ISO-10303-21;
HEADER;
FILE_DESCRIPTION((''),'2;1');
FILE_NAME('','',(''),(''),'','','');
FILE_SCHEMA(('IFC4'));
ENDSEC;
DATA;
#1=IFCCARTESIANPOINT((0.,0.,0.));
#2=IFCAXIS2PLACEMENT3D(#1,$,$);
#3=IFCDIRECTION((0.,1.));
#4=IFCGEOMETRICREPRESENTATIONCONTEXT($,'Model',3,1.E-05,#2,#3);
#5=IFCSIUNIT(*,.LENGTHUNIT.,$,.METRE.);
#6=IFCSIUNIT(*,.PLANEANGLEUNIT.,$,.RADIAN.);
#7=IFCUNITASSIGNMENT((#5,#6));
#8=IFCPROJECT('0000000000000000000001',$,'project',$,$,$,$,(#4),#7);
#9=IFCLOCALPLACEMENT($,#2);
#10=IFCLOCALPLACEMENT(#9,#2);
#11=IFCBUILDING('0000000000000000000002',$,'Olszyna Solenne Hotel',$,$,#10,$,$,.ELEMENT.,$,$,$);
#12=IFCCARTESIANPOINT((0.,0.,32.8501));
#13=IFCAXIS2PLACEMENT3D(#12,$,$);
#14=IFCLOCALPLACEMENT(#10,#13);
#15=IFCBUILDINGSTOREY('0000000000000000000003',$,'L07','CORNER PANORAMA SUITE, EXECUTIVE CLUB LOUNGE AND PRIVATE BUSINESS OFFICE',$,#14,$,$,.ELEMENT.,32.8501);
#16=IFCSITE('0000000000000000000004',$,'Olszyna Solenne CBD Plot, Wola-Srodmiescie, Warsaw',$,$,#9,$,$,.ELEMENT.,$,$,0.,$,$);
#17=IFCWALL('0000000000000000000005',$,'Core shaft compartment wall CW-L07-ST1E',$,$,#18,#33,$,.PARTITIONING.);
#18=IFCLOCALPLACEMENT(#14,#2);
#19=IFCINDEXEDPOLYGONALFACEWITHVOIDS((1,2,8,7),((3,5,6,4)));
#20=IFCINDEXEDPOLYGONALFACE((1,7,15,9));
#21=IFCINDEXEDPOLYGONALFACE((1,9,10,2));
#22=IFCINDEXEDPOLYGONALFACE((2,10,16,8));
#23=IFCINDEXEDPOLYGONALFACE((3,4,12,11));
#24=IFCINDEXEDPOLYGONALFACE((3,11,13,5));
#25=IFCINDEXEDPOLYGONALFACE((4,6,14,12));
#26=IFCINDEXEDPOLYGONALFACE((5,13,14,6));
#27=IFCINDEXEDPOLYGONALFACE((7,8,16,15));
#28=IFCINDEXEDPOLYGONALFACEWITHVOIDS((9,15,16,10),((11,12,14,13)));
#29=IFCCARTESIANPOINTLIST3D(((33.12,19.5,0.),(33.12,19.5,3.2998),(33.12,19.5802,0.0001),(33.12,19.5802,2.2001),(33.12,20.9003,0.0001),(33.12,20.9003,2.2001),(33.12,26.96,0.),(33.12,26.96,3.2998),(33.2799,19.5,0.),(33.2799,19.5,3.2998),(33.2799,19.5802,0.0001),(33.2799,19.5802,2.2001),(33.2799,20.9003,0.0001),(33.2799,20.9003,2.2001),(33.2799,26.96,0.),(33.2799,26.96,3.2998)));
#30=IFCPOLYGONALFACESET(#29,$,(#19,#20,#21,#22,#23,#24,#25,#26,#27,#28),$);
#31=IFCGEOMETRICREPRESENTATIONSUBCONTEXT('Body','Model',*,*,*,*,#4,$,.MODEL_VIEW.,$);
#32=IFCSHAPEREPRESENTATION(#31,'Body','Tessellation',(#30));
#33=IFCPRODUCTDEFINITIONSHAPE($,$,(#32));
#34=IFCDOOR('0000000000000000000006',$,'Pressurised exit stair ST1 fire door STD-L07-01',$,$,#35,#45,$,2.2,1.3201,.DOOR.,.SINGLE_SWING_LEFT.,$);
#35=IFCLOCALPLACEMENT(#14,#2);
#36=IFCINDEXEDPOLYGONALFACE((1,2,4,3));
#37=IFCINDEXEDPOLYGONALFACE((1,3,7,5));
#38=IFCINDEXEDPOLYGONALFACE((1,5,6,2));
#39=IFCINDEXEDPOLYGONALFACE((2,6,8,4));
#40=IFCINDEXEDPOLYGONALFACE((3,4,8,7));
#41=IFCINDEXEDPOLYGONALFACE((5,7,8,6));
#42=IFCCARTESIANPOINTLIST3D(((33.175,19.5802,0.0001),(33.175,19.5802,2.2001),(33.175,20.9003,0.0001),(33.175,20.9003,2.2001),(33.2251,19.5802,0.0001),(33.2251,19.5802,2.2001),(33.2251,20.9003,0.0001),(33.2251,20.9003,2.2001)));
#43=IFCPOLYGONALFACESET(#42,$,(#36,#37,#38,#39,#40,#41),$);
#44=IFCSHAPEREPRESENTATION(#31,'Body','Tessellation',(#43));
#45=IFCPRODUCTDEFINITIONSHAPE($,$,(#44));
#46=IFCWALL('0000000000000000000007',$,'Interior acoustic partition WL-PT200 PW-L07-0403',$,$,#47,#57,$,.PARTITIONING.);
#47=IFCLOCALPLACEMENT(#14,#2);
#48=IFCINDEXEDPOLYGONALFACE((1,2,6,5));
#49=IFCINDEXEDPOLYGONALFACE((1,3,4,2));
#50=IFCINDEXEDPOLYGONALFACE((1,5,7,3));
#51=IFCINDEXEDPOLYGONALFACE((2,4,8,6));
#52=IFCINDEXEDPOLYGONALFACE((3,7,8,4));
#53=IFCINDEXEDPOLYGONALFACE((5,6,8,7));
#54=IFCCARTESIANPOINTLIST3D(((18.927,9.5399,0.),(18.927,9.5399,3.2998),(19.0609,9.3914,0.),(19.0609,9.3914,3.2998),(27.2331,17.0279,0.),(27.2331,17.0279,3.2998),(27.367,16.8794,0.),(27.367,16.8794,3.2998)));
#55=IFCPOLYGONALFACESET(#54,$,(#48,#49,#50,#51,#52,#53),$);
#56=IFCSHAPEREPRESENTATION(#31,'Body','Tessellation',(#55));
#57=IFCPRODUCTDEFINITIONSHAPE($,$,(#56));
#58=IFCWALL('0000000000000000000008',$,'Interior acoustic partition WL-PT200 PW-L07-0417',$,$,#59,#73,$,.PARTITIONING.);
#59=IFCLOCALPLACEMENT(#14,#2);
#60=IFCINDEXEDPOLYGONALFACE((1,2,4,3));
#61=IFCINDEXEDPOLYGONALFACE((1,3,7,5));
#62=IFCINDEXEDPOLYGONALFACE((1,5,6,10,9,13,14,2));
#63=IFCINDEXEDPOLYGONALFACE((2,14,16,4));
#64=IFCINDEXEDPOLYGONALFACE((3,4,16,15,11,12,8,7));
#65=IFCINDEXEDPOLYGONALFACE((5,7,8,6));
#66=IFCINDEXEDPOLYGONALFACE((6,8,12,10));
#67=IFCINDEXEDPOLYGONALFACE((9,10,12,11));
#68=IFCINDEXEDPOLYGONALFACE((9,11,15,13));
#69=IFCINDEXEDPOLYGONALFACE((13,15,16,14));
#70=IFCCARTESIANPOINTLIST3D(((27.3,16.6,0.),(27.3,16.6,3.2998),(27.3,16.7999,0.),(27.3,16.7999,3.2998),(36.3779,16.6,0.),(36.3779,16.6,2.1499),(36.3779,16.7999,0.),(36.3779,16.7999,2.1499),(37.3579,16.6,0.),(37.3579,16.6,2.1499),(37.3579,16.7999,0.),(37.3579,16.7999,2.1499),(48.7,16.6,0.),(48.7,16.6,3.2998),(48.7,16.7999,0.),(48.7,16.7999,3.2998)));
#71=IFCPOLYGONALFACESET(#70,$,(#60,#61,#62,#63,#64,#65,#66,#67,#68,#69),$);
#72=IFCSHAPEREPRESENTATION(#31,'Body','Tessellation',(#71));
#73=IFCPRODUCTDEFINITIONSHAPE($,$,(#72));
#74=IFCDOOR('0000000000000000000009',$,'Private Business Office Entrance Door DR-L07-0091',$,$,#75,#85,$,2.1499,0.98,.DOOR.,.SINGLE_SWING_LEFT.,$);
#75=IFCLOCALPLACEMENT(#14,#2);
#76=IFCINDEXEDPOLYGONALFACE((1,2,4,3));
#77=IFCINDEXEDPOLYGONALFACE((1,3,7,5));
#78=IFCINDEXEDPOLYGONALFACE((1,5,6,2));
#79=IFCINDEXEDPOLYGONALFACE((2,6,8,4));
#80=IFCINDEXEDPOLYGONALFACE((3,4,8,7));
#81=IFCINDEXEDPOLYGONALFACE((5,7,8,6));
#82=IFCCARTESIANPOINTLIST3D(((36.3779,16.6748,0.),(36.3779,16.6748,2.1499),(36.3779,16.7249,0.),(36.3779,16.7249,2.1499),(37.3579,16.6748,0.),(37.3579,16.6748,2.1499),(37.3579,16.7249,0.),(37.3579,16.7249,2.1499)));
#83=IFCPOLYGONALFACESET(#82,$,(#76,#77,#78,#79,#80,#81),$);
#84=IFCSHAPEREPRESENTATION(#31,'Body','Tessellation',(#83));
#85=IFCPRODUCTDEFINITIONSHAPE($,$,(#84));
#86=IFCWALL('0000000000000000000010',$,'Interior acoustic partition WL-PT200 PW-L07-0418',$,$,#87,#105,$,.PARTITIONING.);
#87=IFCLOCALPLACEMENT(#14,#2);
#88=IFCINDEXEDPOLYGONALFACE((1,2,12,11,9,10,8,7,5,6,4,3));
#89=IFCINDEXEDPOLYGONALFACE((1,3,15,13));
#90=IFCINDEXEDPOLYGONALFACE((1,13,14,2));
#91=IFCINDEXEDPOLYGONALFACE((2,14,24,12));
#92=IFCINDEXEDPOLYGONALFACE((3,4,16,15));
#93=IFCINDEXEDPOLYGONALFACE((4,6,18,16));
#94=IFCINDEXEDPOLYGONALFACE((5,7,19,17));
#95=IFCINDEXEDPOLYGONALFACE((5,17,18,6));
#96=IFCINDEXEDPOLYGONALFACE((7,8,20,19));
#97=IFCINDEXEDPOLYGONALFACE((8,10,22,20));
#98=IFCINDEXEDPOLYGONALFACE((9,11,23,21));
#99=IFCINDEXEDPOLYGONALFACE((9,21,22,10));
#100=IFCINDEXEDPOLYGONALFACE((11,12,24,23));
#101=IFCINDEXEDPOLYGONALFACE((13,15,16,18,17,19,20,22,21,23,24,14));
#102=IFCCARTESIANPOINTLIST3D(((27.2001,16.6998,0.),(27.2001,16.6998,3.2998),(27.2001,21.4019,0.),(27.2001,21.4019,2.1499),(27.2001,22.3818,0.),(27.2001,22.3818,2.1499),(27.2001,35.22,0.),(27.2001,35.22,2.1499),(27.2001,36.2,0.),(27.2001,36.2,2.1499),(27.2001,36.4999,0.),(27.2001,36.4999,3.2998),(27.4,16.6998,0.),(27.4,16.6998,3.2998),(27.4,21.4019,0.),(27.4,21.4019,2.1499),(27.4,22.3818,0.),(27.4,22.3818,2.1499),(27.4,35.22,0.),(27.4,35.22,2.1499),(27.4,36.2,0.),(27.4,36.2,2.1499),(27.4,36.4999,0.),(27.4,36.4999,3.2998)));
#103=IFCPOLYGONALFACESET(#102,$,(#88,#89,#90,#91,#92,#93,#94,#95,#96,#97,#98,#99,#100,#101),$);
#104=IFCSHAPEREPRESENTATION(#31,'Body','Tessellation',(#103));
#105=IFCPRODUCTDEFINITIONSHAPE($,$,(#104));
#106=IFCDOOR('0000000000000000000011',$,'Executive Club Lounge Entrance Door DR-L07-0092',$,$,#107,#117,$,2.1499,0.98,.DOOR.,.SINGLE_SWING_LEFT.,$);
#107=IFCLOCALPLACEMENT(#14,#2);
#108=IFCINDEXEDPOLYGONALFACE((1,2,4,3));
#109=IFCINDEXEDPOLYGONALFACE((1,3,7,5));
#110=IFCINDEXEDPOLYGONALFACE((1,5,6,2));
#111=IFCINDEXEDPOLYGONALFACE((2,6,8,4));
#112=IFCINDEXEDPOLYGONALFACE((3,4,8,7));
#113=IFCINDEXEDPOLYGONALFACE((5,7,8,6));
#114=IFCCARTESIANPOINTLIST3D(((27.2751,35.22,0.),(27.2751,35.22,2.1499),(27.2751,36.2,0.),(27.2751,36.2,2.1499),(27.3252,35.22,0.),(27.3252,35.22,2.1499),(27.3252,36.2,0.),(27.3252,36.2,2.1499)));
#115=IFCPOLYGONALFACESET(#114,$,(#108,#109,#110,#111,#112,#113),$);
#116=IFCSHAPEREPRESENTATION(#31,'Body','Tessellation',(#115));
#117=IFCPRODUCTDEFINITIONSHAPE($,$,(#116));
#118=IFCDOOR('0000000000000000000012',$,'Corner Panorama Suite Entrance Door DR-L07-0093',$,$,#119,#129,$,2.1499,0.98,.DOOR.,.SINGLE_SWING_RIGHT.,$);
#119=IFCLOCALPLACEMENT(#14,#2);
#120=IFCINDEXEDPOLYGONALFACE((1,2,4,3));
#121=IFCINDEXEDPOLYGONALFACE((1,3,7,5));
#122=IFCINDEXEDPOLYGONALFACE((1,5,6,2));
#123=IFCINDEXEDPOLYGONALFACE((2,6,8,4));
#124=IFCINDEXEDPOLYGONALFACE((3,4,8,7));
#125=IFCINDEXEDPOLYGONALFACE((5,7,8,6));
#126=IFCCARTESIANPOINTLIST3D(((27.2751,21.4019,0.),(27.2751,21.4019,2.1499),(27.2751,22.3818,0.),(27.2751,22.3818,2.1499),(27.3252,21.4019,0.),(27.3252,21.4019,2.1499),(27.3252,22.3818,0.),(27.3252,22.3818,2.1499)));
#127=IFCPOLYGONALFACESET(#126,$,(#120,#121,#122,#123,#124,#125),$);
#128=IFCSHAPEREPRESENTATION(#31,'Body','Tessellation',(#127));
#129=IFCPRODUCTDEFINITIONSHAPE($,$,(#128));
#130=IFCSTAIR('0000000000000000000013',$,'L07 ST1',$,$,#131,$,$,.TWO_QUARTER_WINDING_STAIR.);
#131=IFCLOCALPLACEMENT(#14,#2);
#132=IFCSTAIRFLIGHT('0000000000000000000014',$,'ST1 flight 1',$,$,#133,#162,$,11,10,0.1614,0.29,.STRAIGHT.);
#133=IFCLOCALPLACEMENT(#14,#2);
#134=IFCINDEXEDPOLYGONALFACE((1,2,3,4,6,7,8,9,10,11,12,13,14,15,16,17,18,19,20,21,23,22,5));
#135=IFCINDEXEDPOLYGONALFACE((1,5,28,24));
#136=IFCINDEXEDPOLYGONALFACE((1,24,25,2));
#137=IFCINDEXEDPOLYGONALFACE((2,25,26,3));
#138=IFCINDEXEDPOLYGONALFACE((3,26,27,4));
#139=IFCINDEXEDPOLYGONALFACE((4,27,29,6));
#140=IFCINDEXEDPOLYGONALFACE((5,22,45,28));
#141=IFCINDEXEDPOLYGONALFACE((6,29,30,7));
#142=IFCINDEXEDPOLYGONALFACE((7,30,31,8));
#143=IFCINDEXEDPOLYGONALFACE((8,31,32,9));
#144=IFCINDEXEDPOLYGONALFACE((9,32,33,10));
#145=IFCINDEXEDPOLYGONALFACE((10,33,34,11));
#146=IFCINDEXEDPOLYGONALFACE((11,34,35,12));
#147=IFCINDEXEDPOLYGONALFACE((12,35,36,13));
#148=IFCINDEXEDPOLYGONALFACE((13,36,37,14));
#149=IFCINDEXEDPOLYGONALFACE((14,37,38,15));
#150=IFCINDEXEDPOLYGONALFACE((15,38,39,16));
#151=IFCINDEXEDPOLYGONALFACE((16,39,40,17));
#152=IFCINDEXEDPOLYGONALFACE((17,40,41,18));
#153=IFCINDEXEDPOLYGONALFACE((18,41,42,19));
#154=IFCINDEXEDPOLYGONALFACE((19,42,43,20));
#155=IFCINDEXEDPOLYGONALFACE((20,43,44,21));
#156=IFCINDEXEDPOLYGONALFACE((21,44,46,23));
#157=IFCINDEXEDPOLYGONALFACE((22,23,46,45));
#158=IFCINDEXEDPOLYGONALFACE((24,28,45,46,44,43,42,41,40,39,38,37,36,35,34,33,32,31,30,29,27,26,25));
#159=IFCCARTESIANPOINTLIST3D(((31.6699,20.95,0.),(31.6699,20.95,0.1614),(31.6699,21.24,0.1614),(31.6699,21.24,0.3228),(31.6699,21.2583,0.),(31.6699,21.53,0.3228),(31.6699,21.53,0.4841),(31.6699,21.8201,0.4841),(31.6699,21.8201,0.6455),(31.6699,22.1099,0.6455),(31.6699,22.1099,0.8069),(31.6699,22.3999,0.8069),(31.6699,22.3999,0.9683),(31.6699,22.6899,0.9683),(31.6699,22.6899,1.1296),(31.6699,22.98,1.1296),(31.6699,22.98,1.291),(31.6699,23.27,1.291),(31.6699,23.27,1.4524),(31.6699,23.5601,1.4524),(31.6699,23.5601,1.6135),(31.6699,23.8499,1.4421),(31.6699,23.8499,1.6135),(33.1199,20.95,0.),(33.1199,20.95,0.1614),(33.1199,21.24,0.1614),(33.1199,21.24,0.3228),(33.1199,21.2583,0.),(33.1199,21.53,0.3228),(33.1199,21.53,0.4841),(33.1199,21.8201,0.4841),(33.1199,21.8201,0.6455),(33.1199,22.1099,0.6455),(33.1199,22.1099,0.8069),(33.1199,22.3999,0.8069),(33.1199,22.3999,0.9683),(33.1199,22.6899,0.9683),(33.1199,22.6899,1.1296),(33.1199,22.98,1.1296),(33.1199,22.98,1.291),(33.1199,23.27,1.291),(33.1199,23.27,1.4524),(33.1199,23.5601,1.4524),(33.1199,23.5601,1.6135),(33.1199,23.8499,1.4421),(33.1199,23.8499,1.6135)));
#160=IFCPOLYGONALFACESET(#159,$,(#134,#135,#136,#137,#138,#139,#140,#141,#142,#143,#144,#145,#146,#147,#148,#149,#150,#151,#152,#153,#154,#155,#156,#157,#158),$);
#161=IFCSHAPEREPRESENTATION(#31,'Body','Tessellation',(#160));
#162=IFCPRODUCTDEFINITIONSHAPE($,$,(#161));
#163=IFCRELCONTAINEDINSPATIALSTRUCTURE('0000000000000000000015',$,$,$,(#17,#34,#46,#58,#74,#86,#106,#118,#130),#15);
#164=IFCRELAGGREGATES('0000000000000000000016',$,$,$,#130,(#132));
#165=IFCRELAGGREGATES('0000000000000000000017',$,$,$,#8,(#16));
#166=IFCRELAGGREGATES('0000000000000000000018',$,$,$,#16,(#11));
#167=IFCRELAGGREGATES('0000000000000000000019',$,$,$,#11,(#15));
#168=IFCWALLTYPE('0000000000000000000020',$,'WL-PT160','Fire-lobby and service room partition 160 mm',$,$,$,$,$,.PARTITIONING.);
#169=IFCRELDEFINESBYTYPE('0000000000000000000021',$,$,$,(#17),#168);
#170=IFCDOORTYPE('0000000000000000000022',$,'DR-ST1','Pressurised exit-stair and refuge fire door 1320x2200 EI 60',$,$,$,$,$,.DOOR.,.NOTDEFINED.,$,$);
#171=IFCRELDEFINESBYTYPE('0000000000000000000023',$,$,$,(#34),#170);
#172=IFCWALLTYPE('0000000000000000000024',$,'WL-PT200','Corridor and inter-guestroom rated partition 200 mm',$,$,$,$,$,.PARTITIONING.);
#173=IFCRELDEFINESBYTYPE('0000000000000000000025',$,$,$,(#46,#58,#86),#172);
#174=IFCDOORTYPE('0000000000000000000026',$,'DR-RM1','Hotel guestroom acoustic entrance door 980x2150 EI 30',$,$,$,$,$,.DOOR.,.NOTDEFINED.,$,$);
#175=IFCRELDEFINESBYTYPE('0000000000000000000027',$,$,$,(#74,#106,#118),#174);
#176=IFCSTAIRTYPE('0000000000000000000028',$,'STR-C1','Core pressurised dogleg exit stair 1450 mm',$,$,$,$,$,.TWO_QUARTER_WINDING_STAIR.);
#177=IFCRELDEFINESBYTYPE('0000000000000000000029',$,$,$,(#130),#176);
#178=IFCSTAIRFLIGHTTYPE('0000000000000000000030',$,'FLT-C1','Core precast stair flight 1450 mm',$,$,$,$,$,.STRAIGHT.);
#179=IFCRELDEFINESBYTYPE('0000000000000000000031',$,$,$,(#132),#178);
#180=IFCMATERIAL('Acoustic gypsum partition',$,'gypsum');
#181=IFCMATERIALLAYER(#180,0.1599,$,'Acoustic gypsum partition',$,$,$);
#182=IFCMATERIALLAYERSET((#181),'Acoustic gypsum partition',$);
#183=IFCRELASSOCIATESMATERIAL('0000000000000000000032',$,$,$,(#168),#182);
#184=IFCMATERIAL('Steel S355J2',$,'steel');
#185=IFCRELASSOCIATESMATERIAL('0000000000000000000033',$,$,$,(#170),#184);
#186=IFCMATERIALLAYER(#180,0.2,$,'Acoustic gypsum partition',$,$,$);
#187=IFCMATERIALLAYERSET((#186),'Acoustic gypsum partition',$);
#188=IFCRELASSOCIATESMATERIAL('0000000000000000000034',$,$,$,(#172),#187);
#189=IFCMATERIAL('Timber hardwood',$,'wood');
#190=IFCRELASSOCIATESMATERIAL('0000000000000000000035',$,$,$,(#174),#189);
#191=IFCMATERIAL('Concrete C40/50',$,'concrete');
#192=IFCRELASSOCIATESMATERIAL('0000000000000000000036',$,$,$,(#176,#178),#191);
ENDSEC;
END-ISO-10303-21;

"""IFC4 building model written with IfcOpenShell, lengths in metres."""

from ifc_helpers import new_model, si_unit, direction, frame, frame_2d, origin, place, context, subcontext, project, spatial, polyline, rectangle, outline, extrude, source, transform, mapped, material, layer, layer_set, type_object, type_shapes, element, fill, aggregate, save


model = new_model("IFC4")

# Units and contexts
model_context = context("Model", 3, precision=1e-05, world=origin(), true_north=direction((0.0, 1.0)))
body_context = subcontext(model_context, "Body", "Model", "MODEL_VIEW")
ifc_project = project(units=[si_unit("LENGTHUNIT", "METRE"), si_unit("PLANEANGLEUNIT", "RADIAN")], contexts=[model_context])

# Site, building, storey
site_placement = place(None, origin())
site = spatial("IfcSite", under=ifc_project, at=site_placement, Name="Olszyna Solenne CBD Plot, Wola-Srodmiescie, Warsaw", CompositionType="ELEMENT", RefElevation=0.0)
building_placement = place(site_placement, origin())
building = spatial("IfcBuilding", under=site, at=building_placement, Name="Olszyna Solenne Hotel", CompositionType="ELEMENT")
storey_placement = place(building_placement, frame((0.0, 0.0, 32.8501)))
storey = spatial("IfcBuildingStorey", under=building, at=storey_placement, Name="L07", Description="CORNER PANORAMA SUITE, EXECUTIVE CLUB LOUNGE AND PRIVATE BUSINESS OFFICE", CompositionType="ELEMENT", Elevation=32.8501)

# Shared definitions
ifc_material_1 = material(Name="Steel S355J2", Category="steel")

# Shared definitions
ifc_material_2 = material(Name="Timber hardwood", Category="wood")

# Wall, opening, door
ifc_material_3 = material(Name="Acoustic gypsum partition", Category="gypsum")
ifc_layer_1 = layer(ifc_material_3, 0.1599, Name="Acoustic gypsum partition")
ifc_layer_set_1 = layer_set([ifc_layer_1], Name="Acoustic gypsum partition")
wall_type_1 = type_object("IfcWallType", Name="WL-PT160", Description="Fire-lobby and service room partition 160 mm", PredefinedType="PARTITIONING", material=ifc_layer_set_1)
wall_1_placement = place(storey_placement, frame((33.2, 19.5, 0.0), z_axis=(0.0, 0.0, 1.0), x_axis=(0.0, 1.0, 0.0)))
wall_1 = element("IfcWall", 1, at=wall_1_placement, inside=storey, type_object=wall_type_1, Name="Core shaft compartment wall CW-L07-ST1E", PredefinedType="PARTITIONING", context=body_context, shape_type="SweptSolid", body=[
    extrude(rectangle(XDim=7.46, YDim=0.1599, at=frame_2d((3.73, 0.0))), origin(), (0.0, 0.0, 1.0), 3.2998),
])
opening_1_placement = place(wall_1_placement, frame((0.0801, 0.0, 0.0)))
opening_1 = element("IfcOpeningElement", 2, at=opening_1_placement, cuts=wall_1, PredefinedType="OPENING", context=body_context, shape_type="SweptSolid", body=[
    extrude(rectangle(XDim=1.3201, YDim=2.2, at=frame_2d((0.6602, 1.1001))), frame((0.0, 0.0898, 0.0), z_axis=(0.0, -1.0, 0.0), x_axis=(1.0, 0.0, 0.0)), (0.0, 0.0, 1.0), 0.1799),
])
door_type_1 = type_object("IfcDoorType", Name="DR-ST1", Description="Pressurised exit-stair and refuge fire door 1320x2200 EI 60", OperationType="NOTDEFINED", PredefinedType="DOOR", material=ifc_material_1)
shared_shape_1 = source(origin(), body_context, "Body", "SweptSolid", [
    extrude(rectangle(XDim=1.3201, YDim=2.2, at=frame_2d((0.6602, 1.1001))), frame((0.0, 0.0249, 0.0), z_axis=(0.0, -1.0, 0.0), x_axis=(1.0, 0.0, 0.0)), (0.0, 0.0, 1.0), 0.05),
])
type_shapes(door_type_1, [shared_shape_1])
door_1_placement = place(opening_1_placement, origin())
door_1 = element("IfcDoor", 3, at=door_1_placement, inside=storey, type_object=door_type_1, Name="Pressurised exit stair ST1 fire door STD-L07-01", OperationType="SINGLE_SWING_LEFT", OverallHeight=2.2, OverallWidth=1.3201, PredefinedType="DOOR", context=body_context, shape_type="MappedRepresentation", body=[
    mapped(shared_shape_1, transform((0.0, 0.0, 0.0), x_axis=(1.0, 0.0, 0.0), y_axis=(0.0, 1.0, 0.0), z_axis=(0.0, 0.0, 1.0), scale=1.0)),
])
fill(opening_1, door_1)

# Wall
ifc_layer_2 = layer(ifc_material_3, 0.2, Name="Acoustic gypsum partition")
ifc_layer_set_2 = layer_set([ifc_layer_2], Name="Acoustic gypsum partition")
wall_type_2 = type_object("IfcWallType", Name="WL-PT200", Description="Corridor and inter-guestroom rated partition 200 mm", PredefinedType="PARTITIONING", material=ifc_layer_set_2)
wall_2_placement = place(storey_placement, frame((27.3, 16.9536, 0.0), z_axis=(0.0, 0.0, 1.0), x_axis=(-0.742738, -0.669582, 0.0)))
element("IfcWall", 4, at=wall_2_placement, inside=storey, type_object=wall_type_2, Name="Interior acoustic partition WL-PT200 PW-L07-0403", PredefinedType="PARTITIONING", context=body_context, shape_type="SweptSolid", body=[
    extrude(rectangle(XDim=11.1831, YDim=0.2, at=frame_2d((5.5916, 0.0))), origin(), (0.0, 0.0, 1.0), 3.2998),
])

# Wall, opening, door
wall_3_placement = place(storey_placement, frame((27.3, 16.7, 0.0), z_axis=(0.0, 0.0, 1.0), x_axis=(1.0, 0.0, 0.0)))
wall_3 = element("IfcWall", 5, at=wall_3_placement, inside=storey, type_object=wall_type_2, Name="Interior acoustic partition WL-PT200 PW-L07-0417", PredefinedType="PARTITIONING", context=body_context, shape_type="SweptSolid", body=[
    extrude(rectangle(XDim=21.3999, YDim=0.2, at=frame_2d((10.7, 0.0))), origin(), (0.0, 0.0, 1.0), 3.2998),
])
opening_2_placement = place(wall_3_placement, frame((9.0779, 0.0, 0.0)))
opening_2 = element("IfcOpeningElement", 6, at=opening_2_placement, cuts=wall_3, PredefinedType="OPENING", context=body_context, shape_type="SweptSolid", body=[
    extrude(rectangle(XDim=0.98, YDim=2.1499, at=frame_2d((0.49, 1.075))), frame((0.0, 0.1099, 0.0), z_axis=(0.0, -1.0, 0.0), x_axis=(1.0, 0.0, 0.0)), (0.0, 0.0, 1.0), 0.22),
])
door_type_2 = type_object("IfcDoorType", Name="DR-RM1", Description="Hotel guestroom acoustic entrance door 980x2150 EI 30", OperationType="NOTDEFINED", PredefinedType="DOOR", material=ifc_material_2)
shared_shape_2 = source(origin(), body_context, "Body", "SweptSolid", [
    extrude(rectangle(XDim=0.98, YDim=2.1499, at=frame_2d((0.49, 1.075))), frame((0.0, 0.0249, 0.0), z_axis=(0.0, -1.0, 0.0), x_axis=(1.0, 0.0, 0.0)), (0.0, 0.0, 1.0), 0.05),
])
type_shapes(door_type_2, [shared_shape_2])
door_2_placement = place(opening_2_placement, origin())
door_2 = element("IfcDoor", 7, at=door_2_placement, inside=storey, type_object=door_type_2, Name="Private Business Office Entrance Door DR-L07-0091", OperationType="SINGLE_SWING_LEFT", OverallHeight=2.1499, OverallWidth=0.98, PredefinedType="DOOR", context=body_context, shape_type="MappedRepresentation", body=[
    mapped(shared_shape_2, transform((0.0, 0.0, 0.0), x_axis=(1.0, 0.0, 0.0), y_axis=(0.0, 1.0, 0.0), z_axis=(0.0, 0.0, 1.0), scale=1.0)),
])
fill(opening_2, door_2)

# Wall, openings, doors
wall_4_placement = place(storey_placement, frame((27.3, 16.7, 0.0), z_axis=(0.0, 0.0, 1.0), x_axis=(0.0, 1.0, 0.0)))
wall_4 = element("IfcWall", 8, at=wall_4_placement, inside=storey, type_object=wall_type_2, Name="Interior acoustic partition WL-PT200 PW-L07-0418", PredefinedType="PARTITIONING", context=body_context, shape_type="SweptSolid", body=[
    extrude(rectangle(XDim=19.8, YDim=0.2, at=frame_2d((9.8999, 0.0))), origin(), (0.0, 0.0, 1.0), 3.2998),
])
opening_3_placement = place(wall_4_placement, frame((18.52, 0.0, 0.0)))
opening_3 = element("IfcOpeningElement", 9, at=opening_3_placement, cuts=wall_4, PredefinedType="OPENING", context=body_context, shape_type="SweptSolid", body=[
    extrude(rectangle(XDim=0.98, YDim=2.1499, at=frame_2d((0.49, 1.075))), frame((0.0, 0.1099, 0.0), z_axis=(0.0, -1.0, 0.0), x_axis=(1.0, 0.0, 0.0)), (0.0, 0.0, 1.0), 0.22),
])
opening_4_placement = place(wall_4_placement, frame((4.7019, 0.0, 0.0)))
opening_4 = element("IfcOpeningElement", 10, at=opening_4_placement, cuts=wall_4, PredefinedType="OPENING", context=body_context, shape_type="SweptSolid", body=[
    extrude(rectangle(XDim=0.98, YDim=2.1499, at=frame_2d((0.49, 1.075))), frame((0.0, 0.1099, 0.0), z_axis=(0.0, -1.0, 0.0), x_axis=(1.0, 0.0, 0.0)), (0.0, 0.0, 1.0), 0.22),
])
door_3_placement = place(opening_3_placement, origin())
door_3 = element("IfcDoor", 11, at=door_3_placement, inside=storey, type_object=door_type_2, Name="Executive Club Lounge Entrance Door DR-L07-0092", OperationType="SINGLE_SWING_LEFT", OverallHeight=2.1499, OverallWidth=0.98, PredefinedType="DOOR", context=body_context, shape_type="MappedRepresentation", body=[
    mapped(shared_shape_2, transform((0.0, 0.0, 0.0), x_axis=(1.0, 0.0, 0.0), y_axis=(0.0, 1.0, 0.0), z_axis=(0.0, 0.0, 1.0), scale=1.0)),
])
fill(opening_3, door_3)
door_4_placement = place(opening_4_placement, origin())
door_4 = element("IfcDoor", 12, at=door_4_placement, inside=storey, type_object=door_type_2, Name="Corner Panorama Suite Entrance Door DR-L07-0093", OperationType="SINGLE_SWING_RIGHT", OverallHeight=2.1499, OverallWidth=0.98, PredefinedType="DOOR", context=body_context, shape_type="MappedRepresentation", body=[
    mapped(shared_shape_2, transform((0.0, 0.0, 0.0), x_axis=(1.0, 0.0, 0.0), y_axis=(0.0, 1.0, 0.0), z_axis=(0.0, 0.0, 1.0), scale=1.0)),
])
fill(opening_4, door_4)

# Stair, stair flight
ifc_material_4 = material(Name="Concrete C40/50", Category="concrete")
stair_type = type_object("IfcStairType", Name="STR-C1", Description="Core pressurised dogleg exit stair 1450 mm", PredefinedType="TWO_QUARTER_WINDING_STAIR", material=ifc_material_4)
stair_placement = place(storey_placement, origin())
stair = element("IfcStair", 13, at=stair_placement, inside=storey, type_object=stair_type, Name="L07 ST1", PredefinedType="TWO_QUARTER_WINDING_STAIR")
stair_flight_type = type_object("IfcStairFlightType", Name="FLT-C1", Description="Core precast stair flight 1450 mm", PredefinedType="STRAIGHT", material=ifc_material_4)
stair_flight_1_placement = place(storey_placement, frame((32.395, 20.95, 0.0), z_axis=(0.0, 0.0, 1.0), x_axis=(0.0, 1.0, 0.0)))
stair_flight_1 = element("IfcStairFlight", 14, at=stair_flight_1_placement, type_object=stair_flight_type, Name="ST1 flight 1", NumberOfRisers=11, NumberOfTreads=10, PredefinedType="STRAIGHT", RiserHeight=0.1614, TreadLength=0.29, context=body_context, shape_type="SweptSolid", body=[
    extrude(outline(polyline([(0.0, 0.0), (0.0, 0.1614), (0.29, 0.1614), (0.29, 0.3228), (0.5801, 0.3228), (0.5801, 0.4841), (0.8701, 0.4841), (0.8701, 0.6455), (1.1599, 0.6455), (1.1599, 0.8069), (1.45, 0.8069), (1.45, 0.9683), (1.74, 0.9683), (1.74, 1.1296), (2.03, 1.1296), (2.03, 1.291), (2.3201, 1.291), (2.3201, 1.4524), (2.6101, 1.4524), (2.6101, 1.6135), (2.8999, 1.6135), (2.8999, 1.7749), (2.8999, 1.4421), (0.3083, 0.0), (0.0, 0.0)])), frame((0.0, 0.7251, 0.0), z_axis=(0.0, -1.0, 0.0), x_axis=(1.0, 0.0, 0.0)), (0.0, 0.0, 1.0), 1.45),
])
aggregate(stair, [stair_flight_1])

save(model, "model.ifc")
